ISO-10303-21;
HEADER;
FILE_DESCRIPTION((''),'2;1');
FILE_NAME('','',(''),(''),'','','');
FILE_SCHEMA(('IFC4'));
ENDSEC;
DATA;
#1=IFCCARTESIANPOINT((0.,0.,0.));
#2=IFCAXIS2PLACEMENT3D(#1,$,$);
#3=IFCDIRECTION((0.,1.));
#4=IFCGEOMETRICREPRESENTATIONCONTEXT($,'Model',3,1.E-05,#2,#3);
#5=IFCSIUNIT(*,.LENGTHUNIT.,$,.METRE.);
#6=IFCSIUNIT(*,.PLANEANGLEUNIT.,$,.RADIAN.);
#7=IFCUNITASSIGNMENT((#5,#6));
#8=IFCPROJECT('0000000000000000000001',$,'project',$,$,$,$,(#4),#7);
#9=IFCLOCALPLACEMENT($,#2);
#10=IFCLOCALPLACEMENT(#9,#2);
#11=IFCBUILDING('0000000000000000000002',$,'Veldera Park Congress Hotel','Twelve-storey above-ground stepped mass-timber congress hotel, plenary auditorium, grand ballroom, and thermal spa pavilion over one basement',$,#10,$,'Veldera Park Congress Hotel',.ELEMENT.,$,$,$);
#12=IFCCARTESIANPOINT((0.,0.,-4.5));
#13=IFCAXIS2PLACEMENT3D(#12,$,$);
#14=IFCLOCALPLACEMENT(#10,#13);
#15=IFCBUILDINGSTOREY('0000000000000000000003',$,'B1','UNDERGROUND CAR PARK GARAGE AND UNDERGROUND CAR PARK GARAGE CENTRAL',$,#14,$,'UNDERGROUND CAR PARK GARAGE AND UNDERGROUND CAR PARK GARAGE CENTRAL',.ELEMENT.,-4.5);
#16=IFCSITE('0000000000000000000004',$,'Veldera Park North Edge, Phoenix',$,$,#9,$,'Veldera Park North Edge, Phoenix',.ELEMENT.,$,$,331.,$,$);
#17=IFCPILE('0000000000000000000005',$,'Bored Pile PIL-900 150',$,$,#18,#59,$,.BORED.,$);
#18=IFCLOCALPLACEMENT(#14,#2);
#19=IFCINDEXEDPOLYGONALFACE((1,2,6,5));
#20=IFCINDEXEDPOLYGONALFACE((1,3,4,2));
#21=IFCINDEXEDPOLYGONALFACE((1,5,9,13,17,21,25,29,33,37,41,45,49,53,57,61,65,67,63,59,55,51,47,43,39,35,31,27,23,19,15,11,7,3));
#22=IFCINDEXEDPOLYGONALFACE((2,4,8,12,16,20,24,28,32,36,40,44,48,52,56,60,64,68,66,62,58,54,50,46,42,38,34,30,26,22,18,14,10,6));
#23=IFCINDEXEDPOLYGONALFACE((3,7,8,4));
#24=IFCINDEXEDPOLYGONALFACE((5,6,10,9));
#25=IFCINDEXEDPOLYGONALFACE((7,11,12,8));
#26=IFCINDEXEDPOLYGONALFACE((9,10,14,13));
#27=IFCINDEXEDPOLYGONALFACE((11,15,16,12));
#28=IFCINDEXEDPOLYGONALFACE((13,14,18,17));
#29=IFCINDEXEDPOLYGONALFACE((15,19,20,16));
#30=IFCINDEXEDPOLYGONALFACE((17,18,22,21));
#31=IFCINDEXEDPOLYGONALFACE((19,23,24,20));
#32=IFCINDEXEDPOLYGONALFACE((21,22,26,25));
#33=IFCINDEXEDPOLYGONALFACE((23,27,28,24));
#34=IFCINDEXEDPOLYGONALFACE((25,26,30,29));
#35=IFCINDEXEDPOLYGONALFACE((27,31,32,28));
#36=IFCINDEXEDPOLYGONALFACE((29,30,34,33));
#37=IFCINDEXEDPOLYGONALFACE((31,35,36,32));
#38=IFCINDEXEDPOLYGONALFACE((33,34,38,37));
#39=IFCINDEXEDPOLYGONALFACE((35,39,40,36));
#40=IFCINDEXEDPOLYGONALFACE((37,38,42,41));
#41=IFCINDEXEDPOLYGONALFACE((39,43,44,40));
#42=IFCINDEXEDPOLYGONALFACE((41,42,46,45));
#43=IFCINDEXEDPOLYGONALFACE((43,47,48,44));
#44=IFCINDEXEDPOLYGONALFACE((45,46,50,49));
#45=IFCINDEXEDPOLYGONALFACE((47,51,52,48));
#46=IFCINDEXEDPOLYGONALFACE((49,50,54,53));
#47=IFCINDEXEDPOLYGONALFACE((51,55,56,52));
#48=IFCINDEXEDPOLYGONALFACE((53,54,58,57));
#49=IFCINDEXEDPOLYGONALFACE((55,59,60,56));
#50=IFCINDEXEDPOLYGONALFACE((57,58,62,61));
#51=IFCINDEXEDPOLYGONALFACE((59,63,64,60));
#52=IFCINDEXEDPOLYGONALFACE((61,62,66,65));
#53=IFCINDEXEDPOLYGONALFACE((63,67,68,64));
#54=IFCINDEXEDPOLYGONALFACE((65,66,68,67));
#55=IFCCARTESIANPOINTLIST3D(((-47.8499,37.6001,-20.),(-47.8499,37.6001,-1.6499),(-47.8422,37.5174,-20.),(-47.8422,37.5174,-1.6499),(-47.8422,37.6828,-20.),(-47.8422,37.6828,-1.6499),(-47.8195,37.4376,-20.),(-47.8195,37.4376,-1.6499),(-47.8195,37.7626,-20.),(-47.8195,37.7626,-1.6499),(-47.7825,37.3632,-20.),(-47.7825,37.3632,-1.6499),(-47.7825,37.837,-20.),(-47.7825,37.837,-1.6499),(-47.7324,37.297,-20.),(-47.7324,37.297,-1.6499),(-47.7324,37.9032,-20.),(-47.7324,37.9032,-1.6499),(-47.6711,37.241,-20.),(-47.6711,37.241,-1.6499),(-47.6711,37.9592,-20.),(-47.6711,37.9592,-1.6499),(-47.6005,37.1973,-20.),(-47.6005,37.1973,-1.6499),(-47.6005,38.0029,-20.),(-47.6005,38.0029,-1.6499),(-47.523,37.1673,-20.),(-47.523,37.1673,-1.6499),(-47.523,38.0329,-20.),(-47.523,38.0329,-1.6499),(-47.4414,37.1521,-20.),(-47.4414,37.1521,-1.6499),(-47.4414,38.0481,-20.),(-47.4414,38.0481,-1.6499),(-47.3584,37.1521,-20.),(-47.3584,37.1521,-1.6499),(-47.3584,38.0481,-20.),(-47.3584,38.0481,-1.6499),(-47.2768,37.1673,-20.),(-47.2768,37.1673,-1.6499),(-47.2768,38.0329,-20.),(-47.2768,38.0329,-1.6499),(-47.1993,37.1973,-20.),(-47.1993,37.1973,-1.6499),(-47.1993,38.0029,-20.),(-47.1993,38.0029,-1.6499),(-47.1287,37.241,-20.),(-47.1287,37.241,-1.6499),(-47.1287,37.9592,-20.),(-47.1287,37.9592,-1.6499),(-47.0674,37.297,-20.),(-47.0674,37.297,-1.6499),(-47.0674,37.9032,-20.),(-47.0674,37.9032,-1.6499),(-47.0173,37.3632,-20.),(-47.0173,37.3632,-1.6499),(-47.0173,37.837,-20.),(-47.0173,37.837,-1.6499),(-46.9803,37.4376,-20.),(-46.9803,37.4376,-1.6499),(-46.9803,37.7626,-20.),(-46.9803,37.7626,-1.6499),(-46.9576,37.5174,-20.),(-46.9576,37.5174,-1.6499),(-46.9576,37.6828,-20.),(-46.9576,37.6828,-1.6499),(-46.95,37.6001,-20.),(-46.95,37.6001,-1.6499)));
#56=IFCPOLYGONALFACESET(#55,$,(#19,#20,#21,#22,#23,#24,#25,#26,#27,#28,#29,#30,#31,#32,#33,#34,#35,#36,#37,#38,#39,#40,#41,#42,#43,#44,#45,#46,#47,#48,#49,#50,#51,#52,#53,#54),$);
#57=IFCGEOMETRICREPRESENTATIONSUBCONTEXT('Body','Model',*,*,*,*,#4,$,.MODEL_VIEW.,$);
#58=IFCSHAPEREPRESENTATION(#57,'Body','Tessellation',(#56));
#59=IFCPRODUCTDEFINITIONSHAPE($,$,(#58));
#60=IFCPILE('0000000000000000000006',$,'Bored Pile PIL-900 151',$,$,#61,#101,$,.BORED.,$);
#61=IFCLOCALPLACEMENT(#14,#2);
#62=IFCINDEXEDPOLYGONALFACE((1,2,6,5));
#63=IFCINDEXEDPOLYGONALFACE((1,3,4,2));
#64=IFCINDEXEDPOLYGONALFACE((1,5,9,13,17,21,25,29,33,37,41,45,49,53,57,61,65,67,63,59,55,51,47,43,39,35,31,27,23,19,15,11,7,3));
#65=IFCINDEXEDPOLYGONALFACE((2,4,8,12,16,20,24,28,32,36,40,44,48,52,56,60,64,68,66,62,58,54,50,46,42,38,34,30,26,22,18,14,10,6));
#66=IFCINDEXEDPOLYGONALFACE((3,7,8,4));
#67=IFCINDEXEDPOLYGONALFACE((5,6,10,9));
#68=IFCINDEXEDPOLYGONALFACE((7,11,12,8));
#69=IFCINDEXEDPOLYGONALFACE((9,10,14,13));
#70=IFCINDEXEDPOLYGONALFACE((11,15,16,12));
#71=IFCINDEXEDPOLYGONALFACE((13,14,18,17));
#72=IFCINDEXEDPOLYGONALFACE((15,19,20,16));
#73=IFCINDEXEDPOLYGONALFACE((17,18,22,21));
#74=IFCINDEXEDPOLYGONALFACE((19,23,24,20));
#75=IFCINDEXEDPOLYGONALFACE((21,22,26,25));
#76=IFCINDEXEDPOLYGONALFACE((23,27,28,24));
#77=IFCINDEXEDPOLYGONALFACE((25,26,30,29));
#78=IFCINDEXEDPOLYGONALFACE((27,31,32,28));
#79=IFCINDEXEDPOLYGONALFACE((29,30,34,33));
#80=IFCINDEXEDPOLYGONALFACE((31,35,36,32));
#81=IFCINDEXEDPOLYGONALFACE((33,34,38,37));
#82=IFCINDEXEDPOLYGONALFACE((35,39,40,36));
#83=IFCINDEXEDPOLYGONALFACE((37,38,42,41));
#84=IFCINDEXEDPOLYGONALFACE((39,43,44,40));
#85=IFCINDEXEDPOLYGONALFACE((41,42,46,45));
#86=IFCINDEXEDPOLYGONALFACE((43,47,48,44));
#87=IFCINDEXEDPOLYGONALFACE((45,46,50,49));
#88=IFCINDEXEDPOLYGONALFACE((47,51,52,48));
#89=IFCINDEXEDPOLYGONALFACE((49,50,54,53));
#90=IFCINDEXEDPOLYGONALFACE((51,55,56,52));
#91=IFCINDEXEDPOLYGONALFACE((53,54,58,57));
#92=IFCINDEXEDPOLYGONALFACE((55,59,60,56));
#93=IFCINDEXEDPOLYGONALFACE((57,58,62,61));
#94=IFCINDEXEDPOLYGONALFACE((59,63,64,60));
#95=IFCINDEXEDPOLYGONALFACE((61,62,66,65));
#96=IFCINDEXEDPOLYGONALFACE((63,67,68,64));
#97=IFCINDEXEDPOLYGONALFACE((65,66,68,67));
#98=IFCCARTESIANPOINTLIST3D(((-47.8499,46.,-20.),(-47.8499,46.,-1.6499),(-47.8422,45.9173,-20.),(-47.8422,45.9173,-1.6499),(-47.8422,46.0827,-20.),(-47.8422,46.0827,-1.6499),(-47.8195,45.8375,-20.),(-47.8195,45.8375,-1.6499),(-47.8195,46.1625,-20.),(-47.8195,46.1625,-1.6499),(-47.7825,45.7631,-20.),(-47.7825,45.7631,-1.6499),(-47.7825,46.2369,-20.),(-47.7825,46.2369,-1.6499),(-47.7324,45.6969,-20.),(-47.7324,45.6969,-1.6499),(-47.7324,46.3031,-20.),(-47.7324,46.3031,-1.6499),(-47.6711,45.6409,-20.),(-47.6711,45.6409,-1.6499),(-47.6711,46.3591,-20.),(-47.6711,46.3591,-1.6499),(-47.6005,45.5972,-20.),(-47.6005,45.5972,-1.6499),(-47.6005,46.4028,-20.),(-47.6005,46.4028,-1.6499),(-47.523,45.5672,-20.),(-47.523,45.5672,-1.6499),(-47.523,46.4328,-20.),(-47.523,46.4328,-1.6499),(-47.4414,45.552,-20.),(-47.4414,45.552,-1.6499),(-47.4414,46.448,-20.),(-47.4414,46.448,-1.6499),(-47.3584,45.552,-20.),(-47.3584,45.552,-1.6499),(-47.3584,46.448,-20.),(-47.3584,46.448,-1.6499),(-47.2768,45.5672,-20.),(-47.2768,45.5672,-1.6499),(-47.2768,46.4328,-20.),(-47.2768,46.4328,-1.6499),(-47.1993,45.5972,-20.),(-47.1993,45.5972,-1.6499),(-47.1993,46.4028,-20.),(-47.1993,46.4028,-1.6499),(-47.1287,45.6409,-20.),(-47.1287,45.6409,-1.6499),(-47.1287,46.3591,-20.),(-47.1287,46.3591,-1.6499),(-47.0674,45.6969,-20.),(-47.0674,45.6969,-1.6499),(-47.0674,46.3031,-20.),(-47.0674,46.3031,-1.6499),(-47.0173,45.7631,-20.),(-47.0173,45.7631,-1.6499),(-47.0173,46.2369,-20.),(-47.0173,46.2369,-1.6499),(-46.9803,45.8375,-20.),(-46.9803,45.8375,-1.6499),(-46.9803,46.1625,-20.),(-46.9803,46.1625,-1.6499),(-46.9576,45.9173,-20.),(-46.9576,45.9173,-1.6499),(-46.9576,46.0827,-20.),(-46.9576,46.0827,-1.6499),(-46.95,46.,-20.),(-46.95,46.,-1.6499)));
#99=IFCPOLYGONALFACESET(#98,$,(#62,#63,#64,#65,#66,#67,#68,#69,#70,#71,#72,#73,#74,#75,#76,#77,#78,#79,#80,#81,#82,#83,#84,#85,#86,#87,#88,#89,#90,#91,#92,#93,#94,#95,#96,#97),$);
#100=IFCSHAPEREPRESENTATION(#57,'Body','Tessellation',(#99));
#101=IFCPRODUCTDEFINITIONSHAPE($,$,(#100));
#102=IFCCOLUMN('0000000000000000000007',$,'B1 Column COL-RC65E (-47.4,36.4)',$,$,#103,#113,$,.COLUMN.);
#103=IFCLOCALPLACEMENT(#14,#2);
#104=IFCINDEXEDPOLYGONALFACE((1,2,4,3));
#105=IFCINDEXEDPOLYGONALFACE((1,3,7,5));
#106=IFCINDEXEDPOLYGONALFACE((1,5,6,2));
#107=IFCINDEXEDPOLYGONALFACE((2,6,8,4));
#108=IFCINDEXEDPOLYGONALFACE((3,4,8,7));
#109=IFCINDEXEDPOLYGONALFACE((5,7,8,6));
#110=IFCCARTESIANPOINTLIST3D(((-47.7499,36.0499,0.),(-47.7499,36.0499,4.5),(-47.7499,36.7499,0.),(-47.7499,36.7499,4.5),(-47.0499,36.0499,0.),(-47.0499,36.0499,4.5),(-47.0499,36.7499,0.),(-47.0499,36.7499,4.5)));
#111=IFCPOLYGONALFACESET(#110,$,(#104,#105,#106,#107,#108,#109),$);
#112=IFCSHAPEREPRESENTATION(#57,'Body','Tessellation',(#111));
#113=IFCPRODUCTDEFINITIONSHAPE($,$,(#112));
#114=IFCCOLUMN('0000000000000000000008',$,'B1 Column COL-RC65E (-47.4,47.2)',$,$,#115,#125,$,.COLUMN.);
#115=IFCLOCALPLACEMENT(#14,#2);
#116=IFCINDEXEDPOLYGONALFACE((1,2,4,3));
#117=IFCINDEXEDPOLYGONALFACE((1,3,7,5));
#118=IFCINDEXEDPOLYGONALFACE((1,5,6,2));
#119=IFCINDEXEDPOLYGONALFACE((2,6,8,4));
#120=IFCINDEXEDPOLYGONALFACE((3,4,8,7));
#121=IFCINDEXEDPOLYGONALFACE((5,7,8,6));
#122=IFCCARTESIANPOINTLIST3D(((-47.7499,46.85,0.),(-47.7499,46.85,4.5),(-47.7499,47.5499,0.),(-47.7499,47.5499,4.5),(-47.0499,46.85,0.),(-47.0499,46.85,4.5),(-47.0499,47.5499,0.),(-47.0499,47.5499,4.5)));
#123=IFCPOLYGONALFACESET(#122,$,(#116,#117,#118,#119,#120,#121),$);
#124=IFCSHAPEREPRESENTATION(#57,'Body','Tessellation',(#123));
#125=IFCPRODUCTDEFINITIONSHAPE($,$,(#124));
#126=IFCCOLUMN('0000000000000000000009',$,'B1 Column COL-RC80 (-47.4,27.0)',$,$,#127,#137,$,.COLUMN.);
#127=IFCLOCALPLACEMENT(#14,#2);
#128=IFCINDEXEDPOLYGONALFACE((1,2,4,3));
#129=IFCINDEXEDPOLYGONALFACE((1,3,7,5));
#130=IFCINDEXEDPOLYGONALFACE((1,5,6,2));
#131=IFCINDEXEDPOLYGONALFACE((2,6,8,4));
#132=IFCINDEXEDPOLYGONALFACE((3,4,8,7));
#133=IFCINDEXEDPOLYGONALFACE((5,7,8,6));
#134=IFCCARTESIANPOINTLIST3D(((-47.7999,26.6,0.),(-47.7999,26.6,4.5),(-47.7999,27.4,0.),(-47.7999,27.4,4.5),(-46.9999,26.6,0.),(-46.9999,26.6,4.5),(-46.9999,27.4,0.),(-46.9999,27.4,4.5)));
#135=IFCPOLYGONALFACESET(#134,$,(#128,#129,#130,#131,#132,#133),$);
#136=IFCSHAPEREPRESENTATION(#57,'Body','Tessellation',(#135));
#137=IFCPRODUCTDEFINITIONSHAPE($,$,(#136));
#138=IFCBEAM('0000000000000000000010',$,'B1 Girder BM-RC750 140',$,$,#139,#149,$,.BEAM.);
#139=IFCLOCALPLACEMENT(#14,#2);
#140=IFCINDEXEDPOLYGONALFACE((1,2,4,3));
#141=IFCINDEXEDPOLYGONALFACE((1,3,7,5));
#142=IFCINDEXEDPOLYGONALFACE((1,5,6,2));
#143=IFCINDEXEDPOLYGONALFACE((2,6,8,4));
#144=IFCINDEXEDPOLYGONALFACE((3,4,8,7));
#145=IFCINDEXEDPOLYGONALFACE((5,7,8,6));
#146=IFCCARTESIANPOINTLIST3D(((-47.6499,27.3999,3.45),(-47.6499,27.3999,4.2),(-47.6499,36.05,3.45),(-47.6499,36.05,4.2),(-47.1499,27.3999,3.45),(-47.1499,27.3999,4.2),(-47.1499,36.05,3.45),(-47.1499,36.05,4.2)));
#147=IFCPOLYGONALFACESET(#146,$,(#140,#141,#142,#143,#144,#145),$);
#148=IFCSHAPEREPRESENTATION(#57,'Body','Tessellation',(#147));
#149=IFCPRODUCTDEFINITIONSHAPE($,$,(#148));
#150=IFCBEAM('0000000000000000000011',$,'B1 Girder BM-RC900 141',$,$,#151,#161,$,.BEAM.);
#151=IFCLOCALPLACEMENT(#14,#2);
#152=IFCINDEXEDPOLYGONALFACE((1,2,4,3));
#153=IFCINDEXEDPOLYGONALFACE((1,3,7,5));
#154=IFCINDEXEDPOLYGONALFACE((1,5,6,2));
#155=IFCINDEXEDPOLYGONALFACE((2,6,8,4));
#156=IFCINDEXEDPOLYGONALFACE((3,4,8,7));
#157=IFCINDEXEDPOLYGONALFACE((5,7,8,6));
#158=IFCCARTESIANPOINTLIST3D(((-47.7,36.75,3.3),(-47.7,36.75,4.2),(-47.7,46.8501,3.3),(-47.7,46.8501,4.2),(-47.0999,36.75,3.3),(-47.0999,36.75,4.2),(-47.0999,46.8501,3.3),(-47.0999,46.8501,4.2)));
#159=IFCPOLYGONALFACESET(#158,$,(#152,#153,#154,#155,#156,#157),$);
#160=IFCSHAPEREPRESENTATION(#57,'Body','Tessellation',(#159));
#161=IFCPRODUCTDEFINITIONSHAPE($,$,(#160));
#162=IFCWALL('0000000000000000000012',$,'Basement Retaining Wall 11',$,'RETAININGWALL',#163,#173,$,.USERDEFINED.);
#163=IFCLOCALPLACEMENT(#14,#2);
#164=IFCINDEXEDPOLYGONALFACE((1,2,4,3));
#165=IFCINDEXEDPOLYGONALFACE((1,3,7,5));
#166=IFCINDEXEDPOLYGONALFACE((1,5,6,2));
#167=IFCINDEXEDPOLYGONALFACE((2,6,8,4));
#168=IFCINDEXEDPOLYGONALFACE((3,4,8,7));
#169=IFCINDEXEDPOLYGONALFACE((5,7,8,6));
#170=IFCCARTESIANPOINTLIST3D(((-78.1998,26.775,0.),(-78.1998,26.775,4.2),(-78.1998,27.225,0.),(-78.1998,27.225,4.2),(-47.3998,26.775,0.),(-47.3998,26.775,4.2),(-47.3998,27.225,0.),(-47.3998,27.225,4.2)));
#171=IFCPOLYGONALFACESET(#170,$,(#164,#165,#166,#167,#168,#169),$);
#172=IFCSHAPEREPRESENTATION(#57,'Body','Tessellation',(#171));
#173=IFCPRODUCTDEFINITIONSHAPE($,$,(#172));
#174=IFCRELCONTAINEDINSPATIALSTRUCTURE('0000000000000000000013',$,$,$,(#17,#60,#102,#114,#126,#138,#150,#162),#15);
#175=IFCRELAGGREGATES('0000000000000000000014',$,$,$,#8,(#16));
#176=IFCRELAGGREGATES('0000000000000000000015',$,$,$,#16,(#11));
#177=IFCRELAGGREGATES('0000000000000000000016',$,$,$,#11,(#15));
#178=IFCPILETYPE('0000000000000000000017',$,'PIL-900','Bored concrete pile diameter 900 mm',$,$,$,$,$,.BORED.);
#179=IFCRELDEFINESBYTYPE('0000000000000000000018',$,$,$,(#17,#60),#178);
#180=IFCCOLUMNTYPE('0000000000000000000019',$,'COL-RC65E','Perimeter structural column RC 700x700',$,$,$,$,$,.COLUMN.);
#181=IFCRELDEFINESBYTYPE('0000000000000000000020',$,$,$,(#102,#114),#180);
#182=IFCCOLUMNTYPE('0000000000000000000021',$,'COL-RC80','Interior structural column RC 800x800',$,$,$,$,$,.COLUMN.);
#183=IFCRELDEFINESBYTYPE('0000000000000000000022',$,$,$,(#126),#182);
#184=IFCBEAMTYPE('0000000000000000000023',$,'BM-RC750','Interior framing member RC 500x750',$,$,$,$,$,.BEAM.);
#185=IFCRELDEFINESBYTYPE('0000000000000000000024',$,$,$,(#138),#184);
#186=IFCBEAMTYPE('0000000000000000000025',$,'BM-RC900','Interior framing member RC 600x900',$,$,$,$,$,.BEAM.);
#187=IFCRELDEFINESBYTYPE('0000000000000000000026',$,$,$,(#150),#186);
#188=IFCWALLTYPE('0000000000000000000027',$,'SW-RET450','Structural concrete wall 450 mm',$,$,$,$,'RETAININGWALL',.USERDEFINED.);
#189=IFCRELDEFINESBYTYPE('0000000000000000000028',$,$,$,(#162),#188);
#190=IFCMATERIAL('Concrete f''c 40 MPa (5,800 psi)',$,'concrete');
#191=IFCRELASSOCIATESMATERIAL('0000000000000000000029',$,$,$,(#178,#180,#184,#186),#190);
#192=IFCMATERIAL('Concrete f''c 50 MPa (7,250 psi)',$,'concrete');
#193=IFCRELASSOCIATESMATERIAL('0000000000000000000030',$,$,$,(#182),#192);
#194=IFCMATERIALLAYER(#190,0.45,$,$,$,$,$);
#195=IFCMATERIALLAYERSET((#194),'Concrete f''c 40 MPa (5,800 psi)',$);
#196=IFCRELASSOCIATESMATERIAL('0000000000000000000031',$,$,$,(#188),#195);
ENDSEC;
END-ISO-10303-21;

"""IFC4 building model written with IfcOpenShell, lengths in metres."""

from ifc_helpers import new_model, si_unit, direction, frame, frame_2d, origin, origin_2d, place, context, subcontext, project, spatial, rectangle, circle, extrude, material, layer, layer_set, material_profile, profile_set, type_object, element, save


model = new_model("IFC4")

# Units and contexts
model_context = context("Model", 3, precision=1e-05, world=origin(), true_north=direction((0.0, 1.0)))
body_context = subcontext(model_context, "Body", "Model", "MODEL_VIEW")
ifc_project = project(units=[si_unit("LENGTHUNIT", "METRE"), si_unit("PLANEANGLEUNIT", "RADIAN")], contexts=[model_context])

# Site, building, storey
site_placement = place(None, origin())
site = spatial("IfcSite", under=ifc_project, at=site_placement, Name="Veldera Park North Edge, Phoenix", LongName="Veldera Park North Edge, Phoenix", CompositionType="ELEMENT", RefElevation=331.0)
building_placement = place(site_placement, origin())
building = spatial("IfcBuilding", under=site, at=building_placement, Name="Veldera Park Congress Hotel", Description="Twelve-storey above-ground stepped mass-timber congress hotel, plenary auditorium, grand ballroom, and thermal spa pavilion over one basement", LongName="Veldera Park Congress Hotel", CompositionType="ELEMENT")
storey_placement = place(building_placement, frame((0.0, 0.0, -4.5)))
storey = spatial("IfcBuildingStorey", under=building, at=storey_placement, Name="B1", Description="UNDERGROUND CAR PARK GARAGE AND UNDERGROUND CAR PARK GARAGE CENTRAL", LongName="UNDERGROUND CAR PARK GARAGE AND UNDERGROUND CAR PARK GARAGE CENTRAL", CompositionType="ELEMENT", Elevation=-4.5)

# Shared definitions
ifc_material_1 = material(Name="Concrete f'c 40 MPa (5,800 psi)", Category="concrete")

# Piles
ifc_material_profile_1 = material_profile(ifc_material_1, circle(Radius=0.45, at=origin_2d()), Name="PILE D900")
ifc_profile_set_1 = profile_set([ifc_material_profile_1], Name="Concrete f'c 40 MPa (5,800 psi)")
pile_type_1 = type_object("IfcPileType", Name="PIL-900", Description="Bored concrete pile diameter 900 mm", PredefinedType="BORED", material=ifc_profile_set_1)
for number, where, z_axis, x_axis, name in (
    (1, (-47.3999, 37.6001, -1.6499), (0.0, 0.0, -1.0), (1.0, 0.0, 0.0), "Bored Pile PIL-900 150"),
    (2, (-47.3999, 46.0, -1.6499), (0.0, 0.0, -1.0), (1.0, 0.0, 0.0), "Bored Pile PIL-900 151"),
):
    element("IfcPile", number, at=place(storey_placement, frame(where, z_axis=z_axis, x_axis=x_axis)), inside=storey, type_object=pile_type_1, Name=name, PredefinedType="BORED", context=body_context, shape_type="SweptSolid", body=[
        extrude(circle(Radius=0.45, at=origin_2d()), origin(), (0.0, 0.0, 1.0), 18.3501),
    ])

# Columns
ifc_material_profile_2 = material_profile(ifc_material_1, rectangle(XDim=0.7, YDim=0.7, at=origin_2d()), Name="RC 700x700")
ifc_profile_set_2 = profile_set([ifc_material_profile_2], Name="Concrete f'c 40 MPa (5,800 psi)")
column_type_1 = type_object("IfcColumnType", Name="COL-RC65E", Description="Perimeter structural column RC 700x700", PredefinedType="COLUMN", material=ifc_profile_set_2)
for number, where, z_axis, x_axis, name in (
    (3, (-47.3999, 36.3999, 0.0), (0.0, 0.0, 1.0), (1.0, 0.0, 0.0), "B1 Column COL-RC65E (-47.4,36.4)"),
    (4, (-47.3999, 47.2, 0.0), (0.0, 0.0, 1.0), (1.0, 0.0, 0.0), "B1 Column COL-RC65E (-47.4,47.2)"),
):
    element("IfcColumn", number, at=place(storey_placement, frame(where, z_axis=z_axis, x_axis=x_axis)), inside=storey, type_object=column_type_1, Name=name, PredefinedType="COLUMN", context=body_context, shape_type="SweptSolid", body=[
        extrude(rectangle(XDim=0.7, YDim=0.7, at=origin_2d()), origin(), (0.0, 0.0, 1.0), 4.5),
    ])
ifc_material_2 = material(Name="Concrete f'c 50 MPa (7,250 psi)", Category="concrete")
ifc_material_profile_3 = material_profile(ifc_material_2, rectangle(XDim=0.8, YDim=0.8, at=origin_2d()), Name="RC 800x800")
ifc_profile_set_3 = profile_set([ifc_material_profile_3], Name="Concrete f'c 50 MPa (7,250 psi)")
column_type_2 = type_object("IfcColumnType", Name="COL-RC80", Description="Interior structural column RC 800x800", PredefinedType="COLUMN", material=ifc_profile_set_3)
column_placement = place(storey_placement, frame((-47.3999, 27.0, 0.0), z_axis=(0.0, 0.0, 1.0), x_axis=(1.0, 0.0, 0.0)))
element("IfcColumn", 5, at=column_placement, inside=storey, type_object=column_type_2, Name="B1 Column COL-RC80 (-47.4,27.0)", PredefinedType="COLUMN", context=body_context, shape_type="SweptSolid", body=[
    extrude(rectangle(XDim=0.8, YDim=0.8, at=origin_2d()), origin(), (0.0, 0.0, 1.0), 4.5),
])

# Beams
ifc_material_profile_4 = material_profile(ifc_material_1, rectangle(XDim=0.5, YDim=0.75, at=origin_2d()), Name="RC 500x750")
ifc_profile_set_4 = profile_set([ifc_material_profile_4], Name="Concrete f'c 40 MPa (5,800 psi)")
beam_type_1 = type_object("IfcBeamType", Name="BM-RC750", Description="Interior framing member RC 500x750", PredefinedType="BEAM", material=ifc_profile_set_4)
beam_1_placement = place(storey_placement, frame((-47.3999, 27.3999, 3.825), z_axis=(0.0, 1.0, 0.0), x_axis=(-1.0, 0.0, 0.0)))
element("IfcBeam", 6, at=beam_1_placement, inside=storey, type_object=beam_type_1, Name="B1 Girder BM-RC750 140", PredefinedType="BEAM", context=body_context, shape_type="SweptSolid", body=[
    extrude(rectangle(XDim=0.5, YDim=0.75, at=origin_2d()), origin(), (0.0, 0.0, 1.0), 8.6501),
])
ifc_material_profile_5 = material_profile(ifc_material_1, rectangle(XDim=0.6001, YDim=0.8999, at=origin_2d()), Name="RC 600x900")
ifc_profile_set_5 = profile_set([ifc_material_profile_5], Name="Concrete f'c 40 MPa (5,800 psi)")
beam_type_2 = type_object("IfcBeamType", Name="BM-RC900", Description="Interior framing member RC 600x900", PredefinedType="BEAM", material=ifc_profile_set_5)
beam_2_placement = place(storey_placement, frame((-47.3999, 36.75, 3.75), z_axis=(0.0, 1.0, 0.0), x_axis=(-1.0, 0.0, 0.0)))
element("IfcBeam", 7, at=beam_2_placement, inside=storey, type_object=beam_type_2, Name="B1 Girder BM-RC900 141", PredefinedType="BEAM", context=body_context, shape_type="SweptSolid", body=[
    extrude(rectangle(XDim=0.6001, YDim=0.8999, at=origin_2d()), origin(), (0.0, 0.0, 1.0), 10.1001),
])

# Wall
ifc_layer = layer(ifc_material_1, 0.45)
ifc_layer_set = layer_set([ifc_layer], Name="Concrete f'c 40 MPa (5,800 psi)")
wall_type = type_object("IfcWallType", Name="SW-RET450", Description="Structural concrete wall 450 mm", ElementType="RETAININGWALL", PredefinedType="USERDEFINED", material=ifc_layer_set)
wall_placement = place(storey_placement, frame((-47.3999, 27.0, 0.0), z_axis=(0.0, 0.0, 1.0), x_axis=(-1.0, 0.0, 0.0)))
element("IfcWall", 8, at=wall_placement, inside=storey, type_object=wall_type, Name="Basement Retaining Wall 11", ObjectType="RETAININGWALL", PredefinedType="USERDEFINED", context=body_context, shape_type="SweptSolid", body=[
    extrude(rectangle(XDim=30.8, YDim=0.45, at=frame_2d((15.3999, 0.0))), origin(), (0.0, 0.0, 1.0), 4.2),
])

save(model, "model.ifc")
